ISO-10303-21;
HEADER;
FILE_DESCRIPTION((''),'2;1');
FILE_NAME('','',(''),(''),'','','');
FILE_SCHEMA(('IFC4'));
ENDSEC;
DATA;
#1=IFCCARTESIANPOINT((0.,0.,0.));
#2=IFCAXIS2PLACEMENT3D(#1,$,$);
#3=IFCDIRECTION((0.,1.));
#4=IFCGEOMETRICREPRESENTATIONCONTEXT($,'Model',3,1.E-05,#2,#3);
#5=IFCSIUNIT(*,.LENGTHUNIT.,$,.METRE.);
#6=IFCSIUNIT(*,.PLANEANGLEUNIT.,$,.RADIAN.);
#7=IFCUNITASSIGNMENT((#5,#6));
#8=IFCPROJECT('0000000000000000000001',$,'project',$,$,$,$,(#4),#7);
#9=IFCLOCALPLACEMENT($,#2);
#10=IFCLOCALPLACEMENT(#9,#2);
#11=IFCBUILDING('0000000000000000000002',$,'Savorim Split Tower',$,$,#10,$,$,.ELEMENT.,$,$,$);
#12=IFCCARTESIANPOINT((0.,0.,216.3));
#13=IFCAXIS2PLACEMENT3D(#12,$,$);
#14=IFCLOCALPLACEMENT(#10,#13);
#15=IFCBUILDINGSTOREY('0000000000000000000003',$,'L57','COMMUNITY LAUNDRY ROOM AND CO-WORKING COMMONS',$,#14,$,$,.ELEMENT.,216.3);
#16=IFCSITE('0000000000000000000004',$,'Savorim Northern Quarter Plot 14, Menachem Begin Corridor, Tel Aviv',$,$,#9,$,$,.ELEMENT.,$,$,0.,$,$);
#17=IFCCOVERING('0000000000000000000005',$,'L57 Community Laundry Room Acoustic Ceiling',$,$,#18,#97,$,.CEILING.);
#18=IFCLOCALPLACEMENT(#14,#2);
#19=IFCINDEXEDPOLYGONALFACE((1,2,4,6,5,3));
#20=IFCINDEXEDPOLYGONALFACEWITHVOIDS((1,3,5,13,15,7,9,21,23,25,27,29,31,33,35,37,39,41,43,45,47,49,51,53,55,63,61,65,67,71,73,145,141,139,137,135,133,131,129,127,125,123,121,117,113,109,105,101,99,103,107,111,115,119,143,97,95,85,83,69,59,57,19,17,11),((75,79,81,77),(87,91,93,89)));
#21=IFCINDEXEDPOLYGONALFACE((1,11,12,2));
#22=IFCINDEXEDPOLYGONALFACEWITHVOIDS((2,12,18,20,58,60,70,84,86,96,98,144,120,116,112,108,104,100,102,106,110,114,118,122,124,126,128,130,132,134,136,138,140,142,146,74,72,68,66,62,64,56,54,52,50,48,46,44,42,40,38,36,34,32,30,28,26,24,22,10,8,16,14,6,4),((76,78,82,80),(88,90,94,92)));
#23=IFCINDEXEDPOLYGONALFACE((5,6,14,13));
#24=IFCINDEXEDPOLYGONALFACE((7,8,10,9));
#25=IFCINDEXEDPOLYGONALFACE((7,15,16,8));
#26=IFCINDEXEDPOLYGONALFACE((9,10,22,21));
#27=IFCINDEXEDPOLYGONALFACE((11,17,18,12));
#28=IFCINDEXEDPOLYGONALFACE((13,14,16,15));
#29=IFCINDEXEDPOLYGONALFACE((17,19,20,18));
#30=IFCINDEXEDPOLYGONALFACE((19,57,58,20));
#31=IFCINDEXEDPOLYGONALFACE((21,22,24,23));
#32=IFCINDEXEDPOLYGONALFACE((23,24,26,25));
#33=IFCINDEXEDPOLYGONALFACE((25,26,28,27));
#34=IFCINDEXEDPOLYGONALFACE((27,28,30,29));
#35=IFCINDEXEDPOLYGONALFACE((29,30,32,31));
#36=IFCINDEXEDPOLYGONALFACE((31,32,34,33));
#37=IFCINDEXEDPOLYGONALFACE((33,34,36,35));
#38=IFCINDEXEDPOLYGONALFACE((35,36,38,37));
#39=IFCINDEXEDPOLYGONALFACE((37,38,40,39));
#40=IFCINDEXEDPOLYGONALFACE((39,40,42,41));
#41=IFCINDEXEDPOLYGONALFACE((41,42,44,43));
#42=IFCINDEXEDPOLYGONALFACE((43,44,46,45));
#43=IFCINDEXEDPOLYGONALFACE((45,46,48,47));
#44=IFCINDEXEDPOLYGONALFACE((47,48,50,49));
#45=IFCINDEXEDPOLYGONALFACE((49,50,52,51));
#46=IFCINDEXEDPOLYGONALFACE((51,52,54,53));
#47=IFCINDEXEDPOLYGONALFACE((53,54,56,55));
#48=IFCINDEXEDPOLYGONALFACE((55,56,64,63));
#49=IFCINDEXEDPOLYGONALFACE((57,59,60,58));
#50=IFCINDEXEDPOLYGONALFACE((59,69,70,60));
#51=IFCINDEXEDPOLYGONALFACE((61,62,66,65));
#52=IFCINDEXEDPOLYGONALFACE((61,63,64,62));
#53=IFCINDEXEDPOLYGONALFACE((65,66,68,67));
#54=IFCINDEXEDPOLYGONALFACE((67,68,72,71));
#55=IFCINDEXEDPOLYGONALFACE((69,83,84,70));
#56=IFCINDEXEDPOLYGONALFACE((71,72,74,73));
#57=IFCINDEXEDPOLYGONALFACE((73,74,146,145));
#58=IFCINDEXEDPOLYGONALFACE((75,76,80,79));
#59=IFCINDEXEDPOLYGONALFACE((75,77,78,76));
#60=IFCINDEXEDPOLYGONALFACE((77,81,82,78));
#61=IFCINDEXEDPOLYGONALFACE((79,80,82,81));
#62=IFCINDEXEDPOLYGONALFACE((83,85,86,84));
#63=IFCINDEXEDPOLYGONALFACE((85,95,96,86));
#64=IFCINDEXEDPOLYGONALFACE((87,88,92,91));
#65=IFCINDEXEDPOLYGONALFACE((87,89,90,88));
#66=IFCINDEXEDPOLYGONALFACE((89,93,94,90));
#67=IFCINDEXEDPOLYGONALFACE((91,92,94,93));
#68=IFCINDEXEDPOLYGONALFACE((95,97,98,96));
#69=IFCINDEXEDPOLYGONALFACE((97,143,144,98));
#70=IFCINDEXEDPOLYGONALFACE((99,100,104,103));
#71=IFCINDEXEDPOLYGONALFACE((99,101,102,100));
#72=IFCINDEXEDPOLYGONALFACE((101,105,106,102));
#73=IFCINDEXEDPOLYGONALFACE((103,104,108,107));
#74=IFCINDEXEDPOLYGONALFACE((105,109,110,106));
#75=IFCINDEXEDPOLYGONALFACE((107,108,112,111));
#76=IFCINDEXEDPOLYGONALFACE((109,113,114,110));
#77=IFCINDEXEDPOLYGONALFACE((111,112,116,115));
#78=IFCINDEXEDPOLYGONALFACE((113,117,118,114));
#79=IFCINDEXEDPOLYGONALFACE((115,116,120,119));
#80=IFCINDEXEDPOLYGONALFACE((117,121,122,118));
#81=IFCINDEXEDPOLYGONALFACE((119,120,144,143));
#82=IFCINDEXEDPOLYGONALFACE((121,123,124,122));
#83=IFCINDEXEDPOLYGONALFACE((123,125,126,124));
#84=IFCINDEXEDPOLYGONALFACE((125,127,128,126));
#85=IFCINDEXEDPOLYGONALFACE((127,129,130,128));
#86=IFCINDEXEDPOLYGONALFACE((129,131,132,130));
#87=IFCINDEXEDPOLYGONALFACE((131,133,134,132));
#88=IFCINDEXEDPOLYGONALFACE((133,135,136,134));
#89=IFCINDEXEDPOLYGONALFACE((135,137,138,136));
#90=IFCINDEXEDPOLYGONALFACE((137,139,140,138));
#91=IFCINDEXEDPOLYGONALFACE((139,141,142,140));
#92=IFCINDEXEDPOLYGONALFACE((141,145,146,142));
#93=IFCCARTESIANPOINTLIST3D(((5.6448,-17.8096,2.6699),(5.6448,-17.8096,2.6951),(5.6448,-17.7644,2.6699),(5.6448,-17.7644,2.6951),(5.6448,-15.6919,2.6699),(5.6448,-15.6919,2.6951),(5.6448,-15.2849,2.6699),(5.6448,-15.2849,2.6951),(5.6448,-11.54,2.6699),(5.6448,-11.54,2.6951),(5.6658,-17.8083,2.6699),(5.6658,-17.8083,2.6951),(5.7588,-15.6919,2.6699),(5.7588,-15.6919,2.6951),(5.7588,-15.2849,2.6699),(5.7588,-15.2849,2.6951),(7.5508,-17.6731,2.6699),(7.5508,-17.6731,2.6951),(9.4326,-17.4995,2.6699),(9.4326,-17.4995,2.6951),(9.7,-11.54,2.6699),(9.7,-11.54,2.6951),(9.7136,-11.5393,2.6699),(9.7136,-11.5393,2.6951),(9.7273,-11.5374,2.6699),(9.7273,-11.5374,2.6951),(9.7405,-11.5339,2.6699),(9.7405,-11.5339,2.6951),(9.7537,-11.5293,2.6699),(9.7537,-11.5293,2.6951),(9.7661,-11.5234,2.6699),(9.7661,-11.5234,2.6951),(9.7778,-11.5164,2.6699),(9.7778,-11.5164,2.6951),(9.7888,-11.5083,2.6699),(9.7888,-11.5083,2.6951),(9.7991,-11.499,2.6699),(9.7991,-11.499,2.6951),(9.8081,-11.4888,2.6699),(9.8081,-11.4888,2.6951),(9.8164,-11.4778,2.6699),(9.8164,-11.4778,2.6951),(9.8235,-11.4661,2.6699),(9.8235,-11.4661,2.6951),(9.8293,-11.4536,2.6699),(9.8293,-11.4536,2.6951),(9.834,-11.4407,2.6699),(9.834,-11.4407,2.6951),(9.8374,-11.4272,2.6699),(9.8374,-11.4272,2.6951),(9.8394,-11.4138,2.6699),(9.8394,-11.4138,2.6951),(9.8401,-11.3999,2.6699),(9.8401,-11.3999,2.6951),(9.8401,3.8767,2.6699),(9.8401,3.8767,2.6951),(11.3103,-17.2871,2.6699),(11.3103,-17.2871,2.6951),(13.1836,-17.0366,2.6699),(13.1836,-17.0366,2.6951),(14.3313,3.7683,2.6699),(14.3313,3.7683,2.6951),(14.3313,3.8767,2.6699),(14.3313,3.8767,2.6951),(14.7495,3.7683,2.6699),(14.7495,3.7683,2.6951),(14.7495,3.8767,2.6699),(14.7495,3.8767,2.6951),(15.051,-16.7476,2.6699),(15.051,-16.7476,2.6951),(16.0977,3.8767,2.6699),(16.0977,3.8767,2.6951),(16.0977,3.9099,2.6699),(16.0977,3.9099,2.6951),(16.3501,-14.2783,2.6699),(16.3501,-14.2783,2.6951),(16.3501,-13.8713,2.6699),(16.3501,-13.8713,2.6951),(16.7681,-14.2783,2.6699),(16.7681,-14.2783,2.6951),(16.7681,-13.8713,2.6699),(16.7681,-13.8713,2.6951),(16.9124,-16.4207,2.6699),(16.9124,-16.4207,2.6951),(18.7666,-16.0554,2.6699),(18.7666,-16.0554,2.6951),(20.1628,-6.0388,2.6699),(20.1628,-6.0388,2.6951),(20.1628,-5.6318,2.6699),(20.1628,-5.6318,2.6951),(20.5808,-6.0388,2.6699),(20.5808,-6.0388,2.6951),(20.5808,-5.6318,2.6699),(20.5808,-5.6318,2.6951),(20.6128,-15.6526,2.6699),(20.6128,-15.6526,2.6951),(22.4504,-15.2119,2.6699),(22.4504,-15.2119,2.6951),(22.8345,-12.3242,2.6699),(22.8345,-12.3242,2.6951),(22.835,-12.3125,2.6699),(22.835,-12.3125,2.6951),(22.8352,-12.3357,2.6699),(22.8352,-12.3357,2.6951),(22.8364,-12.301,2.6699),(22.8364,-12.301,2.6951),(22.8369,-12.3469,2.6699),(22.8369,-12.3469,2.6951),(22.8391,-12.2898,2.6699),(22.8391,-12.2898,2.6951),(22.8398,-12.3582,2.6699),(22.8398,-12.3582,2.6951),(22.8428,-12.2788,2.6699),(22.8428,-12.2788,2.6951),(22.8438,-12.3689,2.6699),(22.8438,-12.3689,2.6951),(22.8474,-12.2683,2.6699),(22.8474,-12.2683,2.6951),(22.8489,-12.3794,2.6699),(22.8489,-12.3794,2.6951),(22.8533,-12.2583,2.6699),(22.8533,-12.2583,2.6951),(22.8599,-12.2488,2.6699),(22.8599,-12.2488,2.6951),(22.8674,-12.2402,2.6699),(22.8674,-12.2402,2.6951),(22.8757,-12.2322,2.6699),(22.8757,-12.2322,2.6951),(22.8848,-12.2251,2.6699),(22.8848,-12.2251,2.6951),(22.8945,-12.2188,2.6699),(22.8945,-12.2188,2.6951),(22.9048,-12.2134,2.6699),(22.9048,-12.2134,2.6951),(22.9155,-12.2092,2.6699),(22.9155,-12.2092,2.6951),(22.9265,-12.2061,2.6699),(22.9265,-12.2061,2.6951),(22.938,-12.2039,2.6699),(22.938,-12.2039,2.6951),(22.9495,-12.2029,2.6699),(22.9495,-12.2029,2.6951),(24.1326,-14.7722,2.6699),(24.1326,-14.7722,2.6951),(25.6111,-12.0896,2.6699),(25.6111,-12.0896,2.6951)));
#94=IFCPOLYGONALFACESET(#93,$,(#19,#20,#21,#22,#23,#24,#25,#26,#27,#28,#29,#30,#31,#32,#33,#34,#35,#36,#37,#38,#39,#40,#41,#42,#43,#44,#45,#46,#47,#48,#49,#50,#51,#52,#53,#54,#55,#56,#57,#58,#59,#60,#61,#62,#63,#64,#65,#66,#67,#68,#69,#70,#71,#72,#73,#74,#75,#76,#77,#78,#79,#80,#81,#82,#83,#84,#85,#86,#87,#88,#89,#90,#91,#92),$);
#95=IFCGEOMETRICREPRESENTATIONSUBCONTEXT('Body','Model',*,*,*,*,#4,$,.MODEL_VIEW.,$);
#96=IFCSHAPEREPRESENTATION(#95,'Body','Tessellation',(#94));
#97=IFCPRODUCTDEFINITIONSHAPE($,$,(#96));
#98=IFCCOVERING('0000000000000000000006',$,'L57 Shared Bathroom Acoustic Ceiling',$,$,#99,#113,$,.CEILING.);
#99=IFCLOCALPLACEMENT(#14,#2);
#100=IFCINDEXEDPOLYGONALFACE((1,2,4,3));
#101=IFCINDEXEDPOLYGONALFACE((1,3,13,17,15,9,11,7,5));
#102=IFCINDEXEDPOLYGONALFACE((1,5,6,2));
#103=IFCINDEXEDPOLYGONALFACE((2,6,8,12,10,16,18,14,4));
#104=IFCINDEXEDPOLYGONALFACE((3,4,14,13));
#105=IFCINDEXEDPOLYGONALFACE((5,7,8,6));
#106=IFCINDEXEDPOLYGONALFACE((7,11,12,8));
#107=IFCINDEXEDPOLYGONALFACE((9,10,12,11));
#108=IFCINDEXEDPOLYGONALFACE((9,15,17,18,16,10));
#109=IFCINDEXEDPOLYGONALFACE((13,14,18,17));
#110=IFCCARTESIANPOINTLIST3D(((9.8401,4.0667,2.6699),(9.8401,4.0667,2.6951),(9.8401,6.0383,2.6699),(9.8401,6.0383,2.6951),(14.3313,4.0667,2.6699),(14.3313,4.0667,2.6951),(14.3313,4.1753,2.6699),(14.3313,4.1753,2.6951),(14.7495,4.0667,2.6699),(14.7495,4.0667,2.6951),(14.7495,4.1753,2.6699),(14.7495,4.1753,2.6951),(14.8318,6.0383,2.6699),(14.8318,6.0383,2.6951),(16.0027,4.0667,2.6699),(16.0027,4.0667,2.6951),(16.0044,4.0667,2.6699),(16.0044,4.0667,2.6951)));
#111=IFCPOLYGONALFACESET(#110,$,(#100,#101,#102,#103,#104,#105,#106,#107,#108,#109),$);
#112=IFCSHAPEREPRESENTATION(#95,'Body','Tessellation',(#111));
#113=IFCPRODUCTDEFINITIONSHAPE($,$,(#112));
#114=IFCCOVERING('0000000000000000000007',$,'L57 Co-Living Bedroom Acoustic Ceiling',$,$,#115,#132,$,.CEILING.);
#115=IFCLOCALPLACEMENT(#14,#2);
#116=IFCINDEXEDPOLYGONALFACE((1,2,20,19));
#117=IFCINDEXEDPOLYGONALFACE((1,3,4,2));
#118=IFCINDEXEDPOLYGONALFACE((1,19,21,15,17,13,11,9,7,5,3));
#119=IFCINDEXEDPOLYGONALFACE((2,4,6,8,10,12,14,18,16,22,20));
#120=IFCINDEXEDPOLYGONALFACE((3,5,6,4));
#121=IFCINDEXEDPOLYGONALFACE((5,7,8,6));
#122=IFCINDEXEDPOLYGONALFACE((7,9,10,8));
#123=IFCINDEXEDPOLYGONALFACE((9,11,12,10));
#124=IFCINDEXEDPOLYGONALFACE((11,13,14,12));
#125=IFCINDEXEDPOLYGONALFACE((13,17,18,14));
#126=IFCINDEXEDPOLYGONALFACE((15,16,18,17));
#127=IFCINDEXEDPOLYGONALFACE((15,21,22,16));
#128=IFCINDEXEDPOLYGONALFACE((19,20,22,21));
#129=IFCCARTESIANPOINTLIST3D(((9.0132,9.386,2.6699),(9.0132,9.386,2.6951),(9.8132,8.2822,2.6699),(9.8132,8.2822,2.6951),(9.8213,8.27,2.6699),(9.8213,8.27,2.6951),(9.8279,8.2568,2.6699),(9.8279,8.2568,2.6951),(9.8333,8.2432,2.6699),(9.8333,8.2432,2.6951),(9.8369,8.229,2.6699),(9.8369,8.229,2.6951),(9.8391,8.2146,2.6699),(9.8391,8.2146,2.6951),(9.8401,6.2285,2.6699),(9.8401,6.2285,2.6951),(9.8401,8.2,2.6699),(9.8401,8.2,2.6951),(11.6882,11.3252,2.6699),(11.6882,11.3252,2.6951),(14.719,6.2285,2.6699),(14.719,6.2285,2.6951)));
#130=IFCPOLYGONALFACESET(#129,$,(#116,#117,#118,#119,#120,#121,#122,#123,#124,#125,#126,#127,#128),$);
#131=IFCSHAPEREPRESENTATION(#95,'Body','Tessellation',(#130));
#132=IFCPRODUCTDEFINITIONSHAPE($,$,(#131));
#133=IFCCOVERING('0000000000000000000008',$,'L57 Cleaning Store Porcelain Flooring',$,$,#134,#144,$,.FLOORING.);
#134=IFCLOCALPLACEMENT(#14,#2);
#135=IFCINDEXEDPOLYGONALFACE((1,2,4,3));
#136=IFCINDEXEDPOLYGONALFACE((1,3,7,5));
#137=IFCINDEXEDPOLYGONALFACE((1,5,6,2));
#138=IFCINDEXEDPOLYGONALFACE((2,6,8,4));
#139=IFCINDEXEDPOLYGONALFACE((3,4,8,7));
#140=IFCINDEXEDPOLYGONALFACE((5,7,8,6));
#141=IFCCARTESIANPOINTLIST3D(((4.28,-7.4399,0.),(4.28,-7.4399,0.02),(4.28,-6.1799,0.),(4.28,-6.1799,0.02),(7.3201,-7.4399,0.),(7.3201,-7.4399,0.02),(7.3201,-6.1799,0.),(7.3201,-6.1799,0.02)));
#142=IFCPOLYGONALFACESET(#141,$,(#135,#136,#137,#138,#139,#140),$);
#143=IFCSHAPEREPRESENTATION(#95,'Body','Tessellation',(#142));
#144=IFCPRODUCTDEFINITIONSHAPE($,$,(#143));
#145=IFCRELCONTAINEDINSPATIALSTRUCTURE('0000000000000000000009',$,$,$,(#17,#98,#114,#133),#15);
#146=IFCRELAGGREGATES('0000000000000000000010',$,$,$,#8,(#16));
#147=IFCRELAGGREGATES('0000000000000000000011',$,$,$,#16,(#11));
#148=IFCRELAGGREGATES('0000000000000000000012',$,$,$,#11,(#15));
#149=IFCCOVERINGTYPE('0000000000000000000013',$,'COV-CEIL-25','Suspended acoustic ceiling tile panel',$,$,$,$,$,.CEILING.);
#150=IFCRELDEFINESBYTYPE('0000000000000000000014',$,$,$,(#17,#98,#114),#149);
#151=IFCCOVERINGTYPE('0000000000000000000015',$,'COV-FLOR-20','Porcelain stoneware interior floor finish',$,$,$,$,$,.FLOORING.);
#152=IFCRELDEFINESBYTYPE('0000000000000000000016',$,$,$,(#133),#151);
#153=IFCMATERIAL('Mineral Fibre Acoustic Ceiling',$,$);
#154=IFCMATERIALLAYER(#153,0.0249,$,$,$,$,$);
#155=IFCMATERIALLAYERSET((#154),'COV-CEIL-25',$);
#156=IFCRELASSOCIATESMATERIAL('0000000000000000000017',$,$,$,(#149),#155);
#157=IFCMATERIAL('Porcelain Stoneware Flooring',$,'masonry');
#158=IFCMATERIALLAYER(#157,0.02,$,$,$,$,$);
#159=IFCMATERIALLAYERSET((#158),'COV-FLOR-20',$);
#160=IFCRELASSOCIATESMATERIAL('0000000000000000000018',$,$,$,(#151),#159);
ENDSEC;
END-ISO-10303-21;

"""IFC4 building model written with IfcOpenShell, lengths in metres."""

from ifc_helpers import new_model, si_unit, direction, frame, origin, place, context, subcontext, project, spatial, polyline, outline, extrude, material, layer, layer_set, type_object, element, save


model = new_model("IFC4")

# Units and contexts
model_context = context("Model", 3, precision=1e-05, world=origin(), true_north=direction((0.0, 1.0)))
body_context = subcontext(model_context, "Body", "Model", "MODEL_VIEW")
ifc_project = project(units=[si_unit("LENGTHUNIT", "METRE"), si_unit("PLANEANGLEUNIT", "RADIAN")], contexts=[model_context])

# Site, building, storey
site_placement = place(None, origin())
site = spatial("IfcSite", under=ifc_project, at=site_placement, Name="Savorim Northern Quarter Plot 14, Menachem Begin Corridor, Tel Aviv", CompositionType="ELEMENT", RefElevation=0.0)
building_placement = place(site_placement, origin())
building = spatial("IfcBuilding", under=site, at=building_placement, Name="Savorim Split Tower", CompositionType="ELEMENT")
storey_placement = place(building_placement, frame((0.0, 0.0, 216.3)))
storey = spatial("IfcBuildingStorey", under=building, at=storey_placement, Name="L57", Description="COMMUNITY LAUNDRY ROOM AND CO-WORKING COMMONS", CompositionType="ELEMENT", Elevation=216.3)

# Coverings
ifc_material_1 = material(Name="Mineral Fibre Acoustic Ceiling")
ifc_layer_1 = layer(ifc_material_1, 0.0249)
ifc_layer_set_1 = layer_set([ifc_layer_1], Name="COV-CEIL-25")
covering_type_1 = type_object("IfcCoveringType", Name="COV-CEIL-25", Description="Suspended acoustic ceiling tile panel", PredefinedType="CEILING", material=ifc_layer_set_1)
covering_1_placement = place(storey_placement, frame((0.0, 0.0, 2.6699)))
element("IfcCovering", 1, at=covering_1_placement, inside=storey, type_object=covering_type_1, Name="L57 Community Laundry Room Acoustic Ceiling", PredefinedType="CEILING", context=body_context, shape_type="SweptSolid", body=[
    extrude(outline(polyline([(22.9265, -12.2061), (22.938, -12.2039), (22.9495, -12.2029), (25.6111, -12.0896), (16.0977, 3.9099), (16.0977, 3.8767), (14.7495, 3.8767), (14.7495, 3.7683), (14.3313, 3.7683), (14.3313, 3.8767), (9.8401, 3.8767), (9.8401, -11.3999), (9.8394, -11.4138), (9.8374, -11.4272), (9.834, -11.4407), (9.8293, -11.4536), (9.8235, -11.4661), (9.8164, -11.4778), (9.8081, -11.4888), (9.7991, -11.499), (9.7888, -11.5083), (9.7778, -11.5164), (9.7661, -11.5234), (9.7537, -11.5293), (9.7405, -11.5339), (9.7273, -11.5374), (9.7136, -11.5393), (9.7, -11.54), (5.6448, -11.54), (5.6448, -15.2849), (5.7588, -15.2849), (5.7588, -15.6919), (5.6448, -15.6919), (5.6448, -17.7644), (5.6448, -17.8096), (5.6658, -17.8083), (7.5508, -17.6731), (9.4326, -17.4995), (11.3103, -17.2871), (13.1836, -17.0366), (15.051, -16.7476), (16.9124, -16.4207), (18.7666, -16.0554), (20.6128, -15.6526), (22.4504, -15.2119), (24.1326, -14.7722), (22.8489, -12.3794), (22.8438, -12.3689), (22.8398, -12.3582), (22.8369, -12.3469), (22.8352, -12.3357), (22.8345, -12.3242), (22.835, -12.3125), (22.8364, -12.301), (22.8391, -12.2898), (22.8428, -12.2788), (22.8474, -12.2683), (22.8533, -12.2583), (22.8599, -12.2488), (22.8674, -12.2402), (22.8757, -12.2322), (22.8848, -12.2251), (22.8945, -12.2188), (22.9048, -12.2134), (22.9155, -12.2092), (22.9265, -12.2061)]), holes=[polyline([(16.7681, -14.2783), (16.7681, -13.8713), (16.3501, -13.8713), (16.3501, -14.2783), (16.7681, -14.2783)]), polyline([(20.5808, -6.0388), (20.5808, -5.6318), (20.1628, -5.6318), (20.1628, -6.0388), (20.5808, -6.0388)])]), origin(), (0.0, 0.0, 1.0), 0.0251),
])
covering_2_placement = place(storey_placement, frame((0.0, 0.0, 2.6699)))
element("IfcCovering", 2, at=covering_2_placement, inside=storey, type_object=covering_type_1, Name="L57 Shared Bathroom Acoustic Ceiling", PredefinedType="CEILING", context=body_context, shape_type="SweptSolid", body=[
    extrude(outline(polyline([(14.7495, 4.1753), (14.7495, 4.0667), (16.0027, 4.0667), (16.0044, 4.0667), (14.8318, 6.0383), (9.8401, 6.0383), (9.8401, 4.0667), (14.3313, 4.0667), (14.3313, 4.1753), (14.7495, 4.1753)])), origin(), (0.0, 0.0, 1.0), 0.0251),
])
covering_3_placement = place(storey_placement, frame((0.0, 0.0, 2.6699)))
element("IfcCovering", 3, at=covering_3_placement, inside=storey, type_object=covering_type_1, Name="L57 Co-Living Bedroom Acoustic Ceiling", PredefinedType="CEILING", context=body_context, shape_type="SweptSolid", body=[
    extrude(outline(polyline([(9.8369, 8.229), (9.8391, 8.2146), (9.8401, 8.2), (9.8401, 6.2285), (14.719, 6.2285), (11.6882, 11.3252), (9.0132, 9.386), (9.8132, 8.2822), (9.8213, 8.27), (9.8279, 8.2568), (9.8333, 8.2432), (9.8369, 8.229)])), origin(), (0.0, 0.0, 1.0), 0.0251),
])
ifc_material_2 = material(Name="Porcelain Stoneware Flooring", Category="masonry")
ifc_layer_2 = layer(ifc_material_2, 0.02)
ifc_layer_set_2 = layer_set([ifc_layer_2], Name="COV-FLOR-20")
covering_type_2 = type_object("IfcCoveringType", Name="COV-FLOR-20", Description="Porcelain stoneware interior floor finish", PredefinedType="FLOORING", material=ifc_layer_set_2)
covering_4_placement = place(storey_placement, origin())
element("IfcCovering", 4, at=covering_4_placement, inside=storey, type_object=covering_type_2, Name="L57 Cleaning Store Porcelain Flooring", PredefinedType="FLOORING", context=body_context, shape_type="SweptSolid", body=[
    extrude(outline(polyline([(4.28, -6.1799), (4.28, -7.4399), (7.3201, -7.4399), (7.3201, -6.1799), (4.28, -6.1799)])), origin(), (0.0, 0.0, 1.0), 0.02),
])

save(model, "model.ifc")
